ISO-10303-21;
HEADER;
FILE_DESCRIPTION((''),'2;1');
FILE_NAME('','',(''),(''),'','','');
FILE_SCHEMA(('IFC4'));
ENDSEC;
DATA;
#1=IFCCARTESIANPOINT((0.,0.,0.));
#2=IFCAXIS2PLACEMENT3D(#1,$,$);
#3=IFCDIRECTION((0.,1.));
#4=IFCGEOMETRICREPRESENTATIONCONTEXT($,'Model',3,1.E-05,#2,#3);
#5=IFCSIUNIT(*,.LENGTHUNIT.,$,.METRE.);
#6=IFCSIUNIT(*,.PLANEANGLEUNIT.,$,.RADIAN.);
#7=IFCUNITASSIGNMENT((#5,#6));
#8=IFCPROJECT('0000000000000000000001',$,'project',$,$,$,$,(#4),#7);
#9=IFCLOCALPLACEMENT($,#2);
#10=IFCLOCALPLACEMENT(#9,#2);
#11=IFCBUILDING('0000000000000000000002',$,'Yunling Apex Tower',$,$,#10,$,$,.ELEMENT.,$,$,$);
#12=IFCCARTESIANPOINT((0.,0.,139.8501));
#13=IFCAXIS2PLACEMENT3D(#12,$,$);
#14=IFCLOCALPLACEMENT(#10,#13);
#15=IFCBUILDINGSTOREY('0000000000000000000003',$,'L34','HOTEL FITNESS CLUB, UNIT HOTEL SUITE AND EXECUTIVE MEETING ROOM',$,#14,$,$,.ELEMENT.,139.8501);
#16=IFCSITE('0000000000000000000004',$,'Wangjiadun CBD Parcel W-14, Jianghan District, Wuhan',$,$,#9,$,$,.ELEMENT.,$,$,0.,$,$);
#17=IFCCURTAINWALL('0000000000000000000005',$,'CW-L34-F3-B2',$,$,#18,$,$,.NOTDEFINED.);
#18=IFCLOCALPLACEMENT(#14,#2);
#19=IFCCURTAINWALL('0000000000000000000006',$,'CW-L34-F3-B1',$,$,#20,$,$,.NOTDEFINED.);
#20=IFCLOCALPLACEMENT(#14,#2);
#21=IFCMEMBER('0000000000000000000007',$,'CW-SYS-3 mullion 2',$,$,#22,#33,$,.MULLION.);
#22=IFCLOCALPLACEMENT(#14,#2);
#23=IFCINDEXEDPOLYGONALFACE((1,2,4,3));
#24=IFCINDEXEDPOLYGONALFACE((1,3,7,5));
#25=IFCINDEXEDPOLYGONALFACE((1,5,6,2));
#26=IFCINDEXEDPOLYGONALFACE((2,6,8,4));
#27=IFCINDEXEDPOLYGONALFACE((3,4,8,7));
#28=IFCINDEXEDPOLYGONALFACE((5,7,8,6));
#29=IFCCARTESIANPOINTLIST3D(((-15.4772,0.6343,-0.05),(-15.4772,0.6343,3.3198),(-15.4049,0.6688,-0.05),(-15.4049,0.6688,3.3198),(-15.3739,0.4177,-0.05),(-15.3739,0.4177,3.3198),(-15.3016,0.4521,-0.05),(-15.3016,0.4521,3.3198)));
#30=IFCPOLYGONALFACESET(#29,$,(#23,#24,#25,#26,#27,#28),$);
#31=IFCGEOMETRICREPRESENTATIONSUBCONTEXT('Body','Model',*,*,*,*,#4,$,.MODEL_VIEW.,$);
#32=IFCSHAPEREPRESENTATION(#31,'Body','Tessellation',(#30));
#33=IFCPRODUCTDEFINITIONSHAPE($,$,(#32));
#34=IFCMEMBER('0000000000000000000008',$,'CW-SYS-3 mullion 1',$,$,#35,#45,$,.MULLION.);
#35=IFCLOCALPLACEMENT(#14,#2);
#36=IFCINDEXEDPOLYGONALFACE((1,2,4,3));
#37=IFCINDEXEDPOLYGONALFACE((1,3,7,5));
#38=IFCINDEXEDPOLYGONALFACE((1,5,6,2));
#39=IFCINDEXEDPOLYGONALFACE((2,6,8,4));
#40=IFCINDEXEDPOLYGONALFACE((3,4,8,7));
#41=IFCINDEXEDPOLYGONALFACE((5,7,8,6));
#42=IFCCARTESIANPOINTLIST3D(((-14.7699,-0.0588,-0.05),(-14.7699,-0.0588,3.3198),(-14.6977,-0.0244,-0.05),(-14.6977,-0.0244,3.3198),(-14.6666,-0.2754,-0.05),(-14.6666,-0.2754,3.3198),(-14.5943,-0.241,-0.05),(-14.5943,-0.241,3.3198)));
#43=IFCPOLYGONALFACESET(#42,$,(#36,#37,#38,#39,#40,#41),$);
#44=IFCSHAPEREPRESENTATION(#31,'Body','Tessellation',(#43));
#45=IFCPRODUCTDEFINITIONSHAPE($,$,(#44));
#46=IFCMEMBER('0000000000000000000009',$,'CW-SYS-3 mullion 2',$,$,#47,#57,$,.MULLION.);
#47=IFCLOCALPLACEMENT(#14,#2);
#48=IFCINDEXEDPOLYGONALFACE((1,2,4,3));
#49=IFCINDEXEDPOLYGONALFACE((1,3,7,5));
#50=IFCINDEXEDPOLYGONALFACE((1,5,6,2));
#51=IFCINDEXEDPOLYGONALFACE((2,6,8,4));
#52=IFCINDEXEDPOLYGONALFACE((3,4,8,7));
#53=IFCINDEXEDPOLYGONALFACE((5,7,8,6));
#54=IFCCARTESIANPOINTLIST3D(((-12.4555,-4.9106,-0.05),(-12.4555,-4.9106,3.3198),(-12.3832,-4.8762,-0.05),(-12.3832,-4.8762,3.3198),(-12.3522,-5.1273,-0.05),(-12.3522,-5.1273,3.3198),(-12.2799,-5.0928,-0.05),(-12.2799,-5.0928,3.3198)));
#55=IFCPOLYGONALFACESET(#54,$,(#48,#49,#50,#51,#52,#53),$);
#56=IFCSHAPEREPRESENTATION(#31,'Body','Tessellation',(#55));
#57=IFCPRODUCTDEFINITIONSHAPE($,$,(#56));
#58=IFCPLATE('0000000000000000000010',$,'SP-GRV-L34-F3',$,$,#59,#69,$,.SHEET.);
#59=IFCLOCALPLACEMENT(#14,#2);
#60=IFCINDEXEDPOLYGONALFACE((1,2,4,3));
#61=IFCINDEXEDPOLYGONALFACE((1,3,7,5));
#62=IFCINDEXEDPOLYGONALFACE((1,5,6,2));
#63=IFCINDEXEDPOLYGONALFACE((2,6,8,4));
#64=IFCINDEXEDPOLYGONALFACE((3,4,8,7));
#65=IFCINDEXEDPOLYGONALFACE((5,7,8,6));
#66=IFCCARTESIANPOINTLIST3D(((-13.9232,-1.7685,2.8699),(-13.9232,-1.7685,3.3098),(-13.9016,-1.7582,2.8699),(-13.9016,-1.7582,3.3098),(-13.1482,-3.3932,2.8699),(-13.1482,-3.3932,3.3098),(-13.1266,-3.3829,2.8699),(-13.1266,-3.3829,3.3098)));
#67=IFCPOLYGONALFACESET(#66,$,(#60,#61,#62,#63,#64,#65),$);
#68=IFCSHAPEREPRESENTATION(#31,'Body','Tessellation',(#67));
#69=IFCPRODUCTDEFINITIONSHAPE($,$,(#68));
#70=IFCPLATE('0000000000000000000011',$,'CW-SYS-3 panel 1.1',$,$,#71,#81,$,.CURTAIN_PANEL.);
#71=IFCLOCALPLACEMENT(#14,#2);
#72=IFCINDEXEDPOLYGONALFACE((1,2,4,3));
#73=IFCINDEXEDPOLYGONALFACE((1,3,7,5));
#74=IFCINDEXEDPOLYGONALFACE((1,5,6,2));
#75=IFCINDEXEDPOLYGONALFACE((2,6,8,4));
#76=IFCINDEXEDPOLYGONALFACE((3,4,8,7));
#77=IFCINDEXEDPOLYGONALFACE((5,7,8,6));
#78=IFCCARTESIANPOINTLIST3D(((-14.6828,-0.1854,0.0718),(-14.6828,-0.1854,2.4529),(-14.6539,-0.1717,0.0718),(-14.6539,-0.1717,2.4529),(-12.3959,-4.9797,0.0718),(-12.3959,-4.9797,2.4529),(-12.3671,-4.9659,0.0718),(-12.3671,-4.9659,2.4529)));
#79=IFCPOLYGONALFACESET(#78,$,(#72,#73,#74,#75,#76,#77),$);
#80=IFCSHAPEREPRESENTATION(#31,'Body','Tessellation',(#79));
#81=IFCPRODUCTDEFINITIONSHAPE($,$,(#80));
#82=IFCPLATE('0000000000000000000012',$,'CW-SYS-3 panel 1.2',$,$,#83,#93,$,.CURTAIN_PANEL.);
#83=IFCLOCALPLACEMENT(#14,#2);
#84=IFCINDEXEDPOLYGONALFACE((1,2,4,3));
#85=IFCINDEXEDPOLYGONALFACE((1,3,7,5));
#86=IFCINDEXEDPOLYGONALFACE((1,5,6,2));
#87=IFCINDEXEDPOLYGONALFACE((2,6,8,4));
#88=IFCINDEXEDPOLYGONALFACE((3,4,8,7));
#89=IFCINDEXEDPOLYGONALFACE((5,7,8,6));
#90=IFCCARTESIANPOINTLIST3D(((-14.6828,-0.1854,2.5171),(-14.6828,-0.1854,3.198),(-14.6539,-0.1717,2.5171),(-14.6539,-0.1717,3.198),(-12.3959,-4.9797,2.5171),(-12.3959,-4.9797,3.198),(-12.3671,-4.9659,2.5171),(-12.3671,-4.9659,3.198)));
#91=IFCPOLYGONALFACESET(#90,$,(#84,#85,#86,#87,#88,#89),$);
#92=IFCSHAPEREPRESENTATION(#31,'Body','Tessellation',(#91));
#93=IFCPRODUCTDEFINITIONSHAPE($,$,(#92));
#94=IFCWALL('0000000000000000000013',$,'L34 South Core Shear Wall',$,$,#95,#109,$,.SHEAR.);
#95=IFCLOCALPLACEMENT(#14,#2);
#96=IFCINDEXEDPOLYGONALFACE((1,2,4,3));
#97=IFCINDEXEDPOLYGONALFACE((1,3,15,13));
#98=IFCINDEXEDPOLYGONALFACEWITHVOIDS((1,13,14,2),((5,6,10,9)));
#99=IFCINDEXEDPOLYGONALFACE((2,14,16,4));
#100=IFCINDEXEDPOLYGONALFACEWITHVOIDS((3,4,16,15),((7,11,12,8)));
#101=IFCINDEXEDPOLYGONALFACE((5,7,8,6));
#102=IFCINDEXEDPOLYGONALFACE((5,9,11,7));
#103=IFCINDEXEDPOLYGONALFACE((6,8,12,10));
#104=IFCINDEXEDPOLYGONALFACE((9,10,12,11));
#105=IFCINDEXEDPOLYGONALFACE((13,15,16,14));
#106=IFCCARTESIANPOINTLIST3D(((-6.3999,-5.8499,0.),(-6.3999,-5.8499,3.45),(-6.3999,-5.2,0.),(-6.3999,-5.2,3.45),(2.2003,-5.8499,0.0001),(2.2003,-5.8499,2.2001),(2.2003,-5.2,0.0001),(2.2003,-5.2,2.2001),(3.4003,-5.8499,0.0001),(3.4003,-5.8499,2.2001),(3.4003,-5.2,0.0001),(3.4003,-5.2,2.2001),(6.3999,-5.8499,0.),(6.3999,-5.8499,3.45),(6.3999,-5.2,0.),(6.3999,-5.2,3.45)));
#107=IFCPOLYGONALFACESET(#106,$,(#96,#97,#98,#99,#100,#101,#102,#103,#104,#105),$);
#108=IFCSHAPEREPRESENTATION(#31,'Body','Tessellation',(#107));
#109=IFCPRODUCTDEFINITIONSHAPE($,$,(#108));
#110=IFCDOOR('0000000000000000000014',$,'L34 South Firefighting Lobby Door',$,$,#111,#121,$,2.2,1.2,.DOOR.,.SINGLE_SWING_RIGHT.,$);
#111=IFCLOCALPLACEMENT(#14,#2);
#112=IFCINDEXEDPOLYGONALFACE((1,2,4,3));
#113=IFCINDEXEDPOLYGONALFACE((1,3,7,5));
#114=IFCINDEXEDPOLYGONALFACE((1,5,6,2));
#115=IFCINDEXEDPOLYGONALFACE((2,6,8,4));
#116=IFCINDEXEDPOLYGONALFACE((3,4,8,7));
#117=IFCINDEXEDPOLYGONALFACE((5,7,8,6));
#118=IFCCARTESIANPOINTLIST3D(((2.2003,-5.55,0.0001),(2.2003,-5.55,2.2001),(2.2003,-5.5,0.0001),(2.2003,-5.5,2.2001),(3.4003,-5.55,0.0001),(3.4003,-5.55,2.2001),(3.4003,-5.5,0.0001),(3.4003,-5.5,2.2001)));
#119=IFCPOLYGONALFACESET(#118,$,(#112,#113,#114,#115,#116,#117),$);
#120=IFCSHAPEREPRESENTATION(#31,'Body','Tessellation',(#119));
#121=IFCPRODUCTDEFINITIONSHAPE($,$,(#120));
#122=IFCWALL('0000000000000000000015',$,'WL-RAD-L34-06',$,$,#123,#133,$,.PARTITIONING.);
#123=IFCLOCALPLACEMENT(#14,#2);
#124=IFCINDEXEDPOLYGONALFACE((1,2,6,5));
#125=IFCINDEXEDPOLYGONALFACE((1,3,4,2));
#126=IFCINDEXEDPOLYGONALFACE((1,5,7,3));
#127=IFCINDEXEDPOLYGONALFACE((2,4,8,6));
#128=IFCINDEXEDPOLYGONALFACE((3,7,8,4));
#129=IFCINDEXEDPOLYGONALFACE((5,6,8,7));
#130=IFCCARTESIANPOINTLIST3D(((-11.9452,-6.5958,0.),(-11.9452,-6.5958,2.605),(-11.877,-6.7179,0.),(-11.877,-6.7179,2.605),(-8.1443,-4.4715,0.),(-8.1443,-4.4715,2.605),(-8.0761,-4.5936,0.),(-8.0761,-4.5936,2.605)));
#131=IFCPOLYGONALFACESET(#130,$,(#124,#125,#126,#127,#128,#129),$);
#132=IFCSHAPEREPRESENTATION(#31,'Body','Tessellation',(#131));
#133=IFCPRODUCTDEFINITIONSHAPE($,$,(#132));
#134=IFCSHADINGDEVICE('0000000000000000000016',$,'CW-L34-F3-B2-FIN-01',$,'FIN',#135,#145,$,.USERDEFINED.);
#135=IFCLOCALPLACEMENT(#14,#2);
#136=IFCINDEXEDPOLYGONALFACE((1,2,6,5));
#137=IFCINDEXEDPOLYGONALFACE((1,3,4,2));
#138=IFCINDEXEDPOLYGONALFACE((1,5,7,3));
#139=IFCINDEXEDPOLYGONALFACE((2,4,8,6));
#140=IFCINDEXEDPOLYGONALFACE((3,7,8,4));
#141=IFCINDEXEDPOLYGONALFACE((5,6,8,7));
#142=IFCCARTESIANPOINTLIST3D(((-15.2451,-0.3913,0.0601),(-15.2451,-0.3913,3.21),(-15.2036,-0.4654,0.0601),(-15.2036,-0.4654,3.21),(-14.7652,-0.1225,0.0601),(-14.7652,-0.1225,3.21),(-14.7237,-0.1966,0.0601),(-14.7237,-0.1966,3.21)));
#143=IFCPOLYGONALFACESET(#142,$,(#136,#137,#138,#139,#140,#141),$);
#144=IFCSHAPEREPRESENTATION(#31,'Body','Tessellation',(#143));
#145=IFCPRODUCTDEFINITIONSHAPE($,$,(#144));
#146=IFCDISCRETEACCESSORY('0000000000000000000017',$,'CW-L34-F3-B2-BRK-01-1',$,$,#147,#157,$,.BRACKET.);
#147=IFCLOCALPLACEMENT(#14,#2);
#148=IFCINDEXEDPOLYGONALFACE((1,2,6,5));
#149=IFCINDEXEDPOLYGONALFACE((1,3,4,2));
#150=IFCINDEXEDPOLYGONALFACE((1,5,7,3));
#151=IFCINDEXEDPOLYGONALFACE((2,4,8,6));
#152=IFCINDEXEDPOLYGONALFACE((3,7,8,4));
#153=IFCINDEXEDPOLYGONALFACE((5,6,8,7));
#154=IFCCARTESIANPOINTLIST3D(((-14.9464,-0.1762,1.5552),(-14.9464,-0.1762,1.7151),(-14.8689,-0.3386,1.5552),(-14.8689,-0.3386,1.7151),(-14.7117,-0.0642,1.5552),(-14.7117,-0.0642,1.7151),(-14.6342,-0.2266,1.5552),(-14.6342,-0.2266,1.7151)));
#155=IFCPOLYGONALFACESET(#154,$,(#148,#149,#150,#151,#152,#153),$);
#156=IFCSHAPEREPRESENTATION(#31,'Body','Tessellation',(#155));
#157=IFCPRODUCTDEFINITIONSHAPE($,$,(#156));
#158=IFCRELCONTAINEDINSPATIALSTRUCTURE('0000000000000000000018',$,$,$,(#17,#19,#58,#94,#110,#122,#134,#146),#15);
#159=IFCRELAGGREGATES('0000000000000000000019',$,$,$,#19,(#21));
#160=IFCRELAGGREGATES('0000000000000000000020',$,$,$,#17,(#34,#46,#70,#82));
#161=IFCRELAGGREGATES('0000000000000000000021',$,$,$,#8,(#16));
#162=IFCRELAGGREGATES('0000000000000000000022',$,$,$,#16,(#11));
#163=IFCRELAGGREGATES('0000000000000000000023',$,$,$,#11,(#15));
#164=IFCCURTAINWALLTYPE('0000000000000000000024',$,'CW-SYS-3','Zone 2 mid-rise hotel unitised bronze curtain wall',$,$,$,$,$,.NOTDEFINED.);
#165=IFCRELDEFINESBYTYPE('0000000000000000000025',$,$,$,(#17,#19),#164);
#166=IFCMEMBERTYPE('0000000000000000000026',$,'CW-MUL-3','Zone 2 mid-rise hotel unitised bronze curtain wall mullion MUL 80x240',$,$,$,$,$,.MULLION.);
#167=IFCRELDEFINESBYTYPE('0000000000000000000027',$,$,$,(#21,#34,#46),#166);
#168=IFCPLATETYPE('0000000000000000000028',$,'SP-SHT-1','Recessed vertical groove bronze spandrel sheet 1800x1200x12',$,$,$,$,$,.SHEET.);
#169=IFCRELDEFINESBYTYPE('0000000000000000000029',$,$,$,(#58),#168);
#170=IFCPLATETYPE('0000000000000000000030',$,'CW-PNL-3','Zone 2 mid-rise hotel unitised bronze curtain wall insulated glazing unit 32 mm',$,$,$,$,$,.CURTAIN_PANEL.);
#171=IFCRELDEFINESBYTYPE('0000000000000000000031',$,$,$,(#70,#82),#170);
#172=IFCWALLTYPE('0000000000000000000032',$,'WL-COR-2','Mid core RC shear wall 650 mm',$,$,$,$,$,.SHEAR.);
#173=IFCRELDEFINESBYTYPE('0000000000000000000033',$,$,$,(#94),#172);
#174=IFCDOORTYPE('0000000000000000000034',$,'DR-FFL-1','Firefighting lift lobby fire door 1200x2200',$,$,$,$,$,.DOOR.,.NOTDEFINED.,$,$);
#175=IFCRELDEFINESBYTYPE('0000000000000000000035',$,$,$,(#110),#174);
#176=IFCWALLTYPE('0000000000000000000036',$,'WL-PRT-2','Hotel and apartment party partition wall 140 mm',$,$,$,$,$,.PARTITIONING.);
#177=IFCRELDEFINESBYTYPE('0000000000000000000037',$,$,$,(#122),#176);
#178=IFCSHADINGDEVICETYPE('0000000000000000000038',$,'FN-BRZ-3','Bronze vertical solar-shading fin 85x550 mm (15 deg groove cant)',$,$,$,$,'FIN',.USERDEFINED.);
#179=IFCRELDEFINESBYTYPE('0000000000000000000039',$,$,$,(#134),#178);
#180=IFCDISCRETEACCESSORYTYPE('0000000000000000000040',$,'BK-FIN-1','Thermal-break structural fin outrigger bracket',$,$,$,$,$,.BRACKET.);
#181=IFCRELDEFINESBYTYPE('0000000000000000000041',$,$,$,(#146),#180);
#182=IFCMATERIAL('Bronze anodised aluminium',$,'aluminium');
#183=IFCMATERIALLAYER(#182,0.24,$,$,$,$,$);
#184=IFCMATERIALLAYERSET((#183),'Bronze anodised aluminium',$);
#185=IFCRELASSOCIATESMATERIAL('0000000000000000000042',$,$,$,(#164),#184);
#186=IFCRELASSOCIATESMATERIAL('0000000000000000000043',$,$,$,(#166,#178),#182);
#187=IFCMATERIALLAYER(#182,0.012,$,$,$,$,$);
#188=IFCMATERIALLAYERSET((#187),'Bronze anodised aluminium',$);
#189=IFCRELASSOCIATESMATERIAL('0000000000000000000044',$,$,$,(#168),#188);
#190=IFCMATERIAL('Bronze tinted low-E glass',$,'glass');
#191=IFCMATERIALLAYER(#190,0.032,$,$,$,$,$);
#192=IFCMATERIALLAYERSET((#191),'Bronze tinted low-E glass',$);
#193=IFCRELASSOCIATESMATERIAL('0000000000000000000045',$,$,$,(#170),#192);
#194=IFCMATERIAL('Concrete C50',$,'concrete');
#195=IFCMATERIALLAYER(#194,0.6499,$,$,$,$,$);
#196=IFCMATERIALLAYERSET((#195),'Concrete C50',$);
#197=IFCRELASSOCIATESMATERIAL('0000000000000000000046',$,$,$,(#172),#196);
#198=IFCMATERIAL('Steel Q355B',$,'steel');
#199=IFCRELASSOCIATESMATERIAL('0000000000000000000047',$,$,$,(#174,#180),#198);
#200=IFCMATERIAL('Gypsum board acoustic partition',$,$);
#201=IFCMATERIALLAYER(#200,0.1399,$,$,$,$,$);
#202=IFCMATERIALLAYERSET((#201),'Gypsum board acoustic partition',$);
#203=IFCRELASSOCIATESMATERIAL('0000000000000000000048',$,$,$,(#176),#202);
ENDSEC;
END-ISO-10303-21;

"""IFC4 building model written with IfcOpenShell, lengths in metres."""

from ifc_helpers import new_model, si_unit, direction, frame, frame_2d, origin, origin_2d, place, context, subcontext, project, spatial, rectangle, extrude, source, transform, mapped, material, layer, layer_set, material_profile, profile_set, type_object, element, fill, aggregate, save


model = new_model("IFC4")

# Units and contexts
model_context = context("Model", 3, precision=1e-05, world=origin(), true_north=direction((0.0, 1.0)))
body_context = subcontext(model_context, "Body", "Model", "MODEL_VIEW")
ifc_project = project(units=[si_unit("LENGTHUNIT", "METRE"), si_unit("PLANEANGLEUNIT", "RADIAN")], contexts=[model_context])

# Site, building, storey
site_placement = place(None, origin())
site = spatial("IfcSite", under=ifc_project, at=site_placement, Name="Wangjiadun CBD Parcel W-14, Jianghan District, Wuhan", CompositionType="ELEMENT", RefElevation=0.0)
building_placement = place(site_placement, origin())
building = spatial("IfcBuilding", under=site, at=building_placement, Name="Yunling Apex Tower", CompositionType="ELEMENT")
storey_placement = place(building_placement, frame((0.0, 0.0, 139.8501)))
storey = spatial("IfcBuildingStorey", under=building, at=storey_placement, Name="L34", Description="HOTEL FITNESS CLUB, UNIT HOTEL SUITE AND EXECUTIVE MEETING ROOM", CompositionType="ELEMENT", Elevation=139.8501)

# Shared definitions
ifc_material_1 = material(Name="Steel Q355B", Category="steel")

# Curtain wall
ifc_material_2 = material(Name="Bronze anodised aluminium", Category="aluminium")
ifc_layer_1 = layer(ifc_material_2, 0.24)
ifc_layer_set_1 = layer_set([ifc_layer_1], Name="Bronze anodised aluminium")
curtain_wall_type = type_object("IfcCurtainWallType", Name="CW-SYS-3", Description="Zone 2 mid-rise hotel unitised bronze curtain wall", PredefinedType="NOTDEFINED", material=ifc_layer_set_1)
curtain_wall_1_placement = place(storey_placement, origin())
curtain_wall_1 = element("IfcCurtainWall", 1, at=curtain_wall_1_placement, inside=storey, type_object=curtain_wall_type, Name="CW-L34-F3-B2", PredefinedType="NOTDEFINED")

# Curtain wall, member
curtain_wall_2_placement = place(storey_placement, origin())
curtain_wall_2 = element("IfcCurtainWall", 2, at=curtain_wall_2_placement, inside=storey, type_object=curtain_wall_type, Name="CW-L34-F3-B1", PredefinedType="NOTDEFINED")
ifc_material_profile_1 = material_profile(ifc_material_2, rectangle(XDim=0.0801, YDim=0.24, at=origin_2d()))
ifc_profile_set_1 = profile_set([ifc_material_profile_1], Name="Bronze anodised aluminium")
member_type_1 = type_object("IfcMemberType", Name="CW-MUL-3", Description="Zone 2 mid-rise hotel unitised bronze curtain wall mullion MUL 80x240", PredefinedType="MULLION", material=ifc_profile_set_1)
shared_shape_1 = source(origin(), body_context, "Body", "SweptSolid", [
    extrude(rectangle(XDim=0.0801, YDim=0.24, at=origin_2d()), origin(), (0.0, 0.0, 1.0), 3.3699),
])
member_1_placement = place(storey_placement, frame((-15.3894, 0.5432, -0.05), z_axis=(0.0, 0.0, 1.0), x_axis=(0.902588, 0.430506, 0.0)))
member_1 = element("IfcMember", 3, at=member_1_placement, type_object=member_type_1, Name="CW-SYS-3 mullion 2", PredefinedType="MULLION", context=body_context, shape_type="MappedRepresentation", body=[
    mapped(shared_shape_1, transform((0.0, 0.0, 0.0), scale=1.0)),
])
aggregate(curtain_wall_2, [member_1])

# Members
member_2_placement = place(storey_placement, frame((-14.6821, -0.1499, -0.05), z_axis=(0.0, 0.0, 1.0), x_axis=(0.90258, 0.430523, 0.0)))
member_2 = element("IfcMember", 4, at=member_2_placement, type_object=member_type_1, Name="CW-SYS-3 mullion 1", PredefinedType="MULLION", context=body_context, shape_type="MappedRepresentation", body=[
    mapped(shared_shape_1, transform((0.0, 0.0, 0.0), scale=1.0)),
])
member_3_placement = place(storey_placement, frame((-12.3677, -5.0017, -0.05), z_axis=(0.0, 0.0, 1.0), x_axis=(0.90258, 0.430523, 0.0)))
member_3 = element("IfcMember", 5, at=member_3_placement, type_object=member_type_1, Name="CW-SYS-3 mullion 2", PredefinedType="MULLION", context=body_context, shape_type="MappedRepresentation", body=[
    mapped(shared_shape_1, transform((0.0, 0.0, 0.0), scale=1.0)),
])

# Plates
ifc_layer_2 = layer(ifc_material_2, 0.012)
ifc_layer_set_2 = layer_set([ifc_layer_2], Name="Bronze anodised aluminium")
plate_type_1 = type_object("IfcPlateType", Name="SP-SHT-1", Description="Recessed vertical groove bronze spandrel sheet 1800x1200x12", PredefinedType="SHEET", material=ifc_layer_set_2)
shared_shape_2 = source(origin(), body_context, "Body", "SweptSolid", [
    extrude(rectangle(XDim=1.8, YDim=0.0239, at=origin_2d()), origin(), (0.0, 0.0, 1.0), 0.4399),
])
plate_1_placement = place(storey_placement, frame((-13.5249, -2.5757, 2.8699), z_axis=(0.0, 0.0, 1.0), x_axis=(0.430511, -0.902585, 0.0)))
element("IfcPlate", 6, at=plate_1_placement, inside=storey, type_object=plate_type_1, Name="SP-GRV-L34-F3", PredefinedType="SHEET", context=body_context, shape_type="MappedRepresentation", body=[
    mapped(shared_shape_2, transform((0.0, 0.0, 0.0), scale=1.0)),
])
ifc_material_3 = material(Name="Bronze tinted low-E glass", Category="glass")
ifc_layer_3 = layer(ifc_material_3, 0.032)
ifc_layer_set_3 = layer_set([ifc_layer_3], Name="Bronze tinted low-E glass")
plate_type_2 = type_object("IfcPlateType", Name="CW-PNL-3", Description="Zone 2 mid-rise hotel unitised bronze curtain wall insulated glazing unit 32 mm", PredefinedType="CURTAIN_PANEL", material=ifc_layer_set_3)
shared_shape_3 = source(origin(), body_context, "Body", "SweptSolid", [
    extrude(rectangle(XDim=5.3118, YDim=0.032, at=origin_2d()), origin(), (0.0, 0.0, 1.0), 2.3811),
])
plate_2_placement = place(storey_placement, frame((-13.5249, -2.5757, 0.0718), z_axis=(0.0, 0.0, 1.0), x_axis=(0.430523, -0.90258, 0.0)))
plate_2 = element("IfcPlate", 7, at=plate_2_placement, type_object=plate_type_2, Name="CW-SYS-3 panel 1.1", PredefinedType="CURTAIN_PANEL", context=body_context, shape_type="MappedRepresentation", body=[
    mapped(shared_shape_3, transform((0.0, 0.0, 0.0), scale=1.0)),
])
shared_shape_4 = source(origin(), body_context, "Body", "SweptSolid", [
    extrude(rectangle(XDim=5.3118, YDim=0.032, at=origin_2d()), origin(), (0.0, 0.0, 1.0), 0.6809),
])
plate_3_placement = place(storey_placement, frame((-13.5249, -2.5757, 2.5171), z_axis=(0.0, 0.0, 1.0), x_axis=(0.430523, -0.90258, 0.0)))
plate_3 = element("IfcPlate", 8, at=plate_3_placement, type_object=plate_type_2, Name="CW-SYS-3 panel 1.2", PredefinedType="CURTAIN_PANEL", context=body_context, shape_type="MappedRepresentation", body=[
    mapped(shared_shape_4, transform((0.0, 0.0, 0.0), scale=1.0)),
])
aggregate(curtain_wall_1, [member_2, member_3, plate_2, plate_3])

# Wall, opening, door
ifc_material_4 = material(Name="Concrete C50", Category="concrete")
ifc_layer_4 = layer(ifc_material_4, 0.6499)
ifc_layer_set_4 = layer_set([ifc_layer_4], Name="Concrete C50")
wall_type_1 = type_object("IfcWallType", Name="WL-COR-2", Description="Mid core RC shear wall 650 mm", PredefinedType="SHEAR", material=ifc_layer_set_4)
wall_1_placement = place(storey_placement, frame((-6.3999, -5.5249, 0.0), z_axis=(0.0, 0.0, 1.0), x_axis=(1.0, 0.0, 0.0)))
wall_1 = element("IfcWall", 9, at=wall_1_placement, inside=storey, type_object=wall_type_1, Name="L34 South Core Shear Wall", PredefinedType="SHEAR", context=body_context, shape_type="SweptSolid", body=[
    extrude(rectangle(XDim=12.7998, YDim=0.6499, at=frame_2d((6.3999, 0.0))), origin(), (0.0, 0.0, 1.0), 3.45),
])
opening_placement = place(wall_1_placement, frame((8.6001, 0.0, 0.0)))
opening = element("IfcOpeningElement", 10, at=opening_placement, cuts=wall_1, PredefinedType="OPENING", context=body_context, shape_type="SweptSolid", body=[
    extrude(rectangle(XDim=1.2, YDim=2.2, at=frame_2d((0.6001, 1.1001))), frame((0.0, 0.335, 0.0), z_axis=(0.0, -1.0, 0.0), x_axis=(1.0, 0.0, 0.0)), (0.0, 0.0, 1.0), 0.6699),
])
door_type = type_object("IfcDoorType", Name="DR-FFL-1", Description="Firefighting lift lobby fire door 1200x2200", OperationType="NOTDEFINED", PredefinedType="DOOR", material=ifc_material_1)
door_placement = place(opening_placement, origin())
door = element("IfcDoor", 11, at=door_placement, inside=storey, type_object=door_type, Name="L34 South Firefighting Lobby Door", OperationType="SINGLE_SWING_RIGHT", OverallHeight=2.2, OverallWidth=1.2, PredefinedType="DOOR", context=body_context, shape_type="SweptSolid", body=[
    extrude(rectangle(XDim=1.2, YDim=2.2, at=frame_2d((0.6001, 1.1001))), frame((0.0, 0.0249, 0.0), z_axis=(0.0, -1.0, 0.0), x_axis=(1.0, 0.0, 0.0)), (0.0, 0.0, 1.0), 0.05),
])
fill(opening, door)

# Wall
ifc_material_5 = material(Name="Gypsum board acoustic partition")
ifc_layer_5 = layer(ifc_material_5, 0.1399)
ifc_layer_set_5 = layer_set([ifc_layer_5], Name="Gypsum board acoustic partition")
wall_type_2 = type_object("IfcWallType", Name="WL-PRT-2", Description="Hotel and apartment party partition wall 140 mm", PredefinedType="PARTITIONING", material=ifc_layer_set_5)
wall_2_placement = place(storey_placement, frame((-8.1101, -4.5325, 0.0), z_axis=(0.0, 0.0, 1.0), x_axis=(-0.872914, -0.487874, 0.0)))
element("IfcWall", 12, at=wall_2_placement, inside=storey, type_object=wall_type_2, Name="WL-RAD-L34-06", PredefinedType="PARTITIONING", context=body_context, shape_type="SweptSolid", body=[
    extrude(rectangle(XDim=4.3542, YDim=0.1399, at=frame_2d((2.1772, 0.0))), origin(), (0.0, 0.0, 1.0), 2.605),
])

# Shading device
ifc_material_profile_2 = material_profile(ifc_material_2, rectangle(XDim=0.085, YDim=0.55, at=origin_2d()))
ifc_profile_set_2 = profile_set([ifc_material_profile_2], Name="Bronze anodised aluminium")
shading_device_type = type_object("IfcShadingDeviceType", Name="FN-BRZ-3", Description="Bronze vertical solar-shading fin 85x550 mm (15 deg groove cant)", ElementType="FIN", PredefinedType="USERDEFINED", material=ifc_profile_set_2)
shared_shape_5 = source(origin(), body_context, "Body", "SweptSolid", [
    extrude(rectangle(XDim=0.085, YDim=0.55, at=origin_2d()), origin(), (0.0, 0.0, 1.0), 3.1499),
])
shading_device_placement = place(storey_placement, frame((-14.9844, -0.2939, 0.0601), z_axis=(0.0, 0.0, 1.0), x_axis=(0.488621, -0.872496, 0.0)))
element("IfcShadingDevice", 13, at=shading_device_placement, inside=storey, type_object=shading_device_type, Name="CW-L34-F3-B2-FIN-01", ObjectType="FIN", PredefinedType="USERDEFINED", context=body_context, shape_type="MappedRepresentation", body=[
    mapped(shared_shape_5, transform((0.0, 0.0, 0.0), scale=1.0)),
])

# Discrete accessory
discrete_accessory_type = type_object("IfcDiscreteAccessoryType", Name="BK-FIN-1", Description="Thermal-break structural fin outrigger bracket", PredefinedType="BRACKET", material=ifc_material_1)
shared_shape_6 = source(origin(), body_context, "Body", "SweptSolid", [
    extrude(rectangle(XDim=0.1799, YDim=0.26, at=origin_2d()), origin(), (0.0, 0.0, 1.0), 0.1599),
])
discrete_accessory_placement = place(storey_placement, frame((-14.7903, -0.2014, 1.5552), z_axis=(0.0, 0.0, 1.0), x_axis=(0.430511, -0.902585, 0.0)))
element("IfcDiscreteAccessory", 14, at=discrete_accessory_placement, inside=storey, type_object=discrete_accessory_type, Name="CW-L34-F3-B2-BRK-01-1", PredefinedType="BRACKET", context=body_context, shape_type="MappedRepresentation", body=[
    mapped(shared_shape_6, transform((0.0, 0.0, 0.0), scale=1.0)),
])

save(model, "model.ifc")
